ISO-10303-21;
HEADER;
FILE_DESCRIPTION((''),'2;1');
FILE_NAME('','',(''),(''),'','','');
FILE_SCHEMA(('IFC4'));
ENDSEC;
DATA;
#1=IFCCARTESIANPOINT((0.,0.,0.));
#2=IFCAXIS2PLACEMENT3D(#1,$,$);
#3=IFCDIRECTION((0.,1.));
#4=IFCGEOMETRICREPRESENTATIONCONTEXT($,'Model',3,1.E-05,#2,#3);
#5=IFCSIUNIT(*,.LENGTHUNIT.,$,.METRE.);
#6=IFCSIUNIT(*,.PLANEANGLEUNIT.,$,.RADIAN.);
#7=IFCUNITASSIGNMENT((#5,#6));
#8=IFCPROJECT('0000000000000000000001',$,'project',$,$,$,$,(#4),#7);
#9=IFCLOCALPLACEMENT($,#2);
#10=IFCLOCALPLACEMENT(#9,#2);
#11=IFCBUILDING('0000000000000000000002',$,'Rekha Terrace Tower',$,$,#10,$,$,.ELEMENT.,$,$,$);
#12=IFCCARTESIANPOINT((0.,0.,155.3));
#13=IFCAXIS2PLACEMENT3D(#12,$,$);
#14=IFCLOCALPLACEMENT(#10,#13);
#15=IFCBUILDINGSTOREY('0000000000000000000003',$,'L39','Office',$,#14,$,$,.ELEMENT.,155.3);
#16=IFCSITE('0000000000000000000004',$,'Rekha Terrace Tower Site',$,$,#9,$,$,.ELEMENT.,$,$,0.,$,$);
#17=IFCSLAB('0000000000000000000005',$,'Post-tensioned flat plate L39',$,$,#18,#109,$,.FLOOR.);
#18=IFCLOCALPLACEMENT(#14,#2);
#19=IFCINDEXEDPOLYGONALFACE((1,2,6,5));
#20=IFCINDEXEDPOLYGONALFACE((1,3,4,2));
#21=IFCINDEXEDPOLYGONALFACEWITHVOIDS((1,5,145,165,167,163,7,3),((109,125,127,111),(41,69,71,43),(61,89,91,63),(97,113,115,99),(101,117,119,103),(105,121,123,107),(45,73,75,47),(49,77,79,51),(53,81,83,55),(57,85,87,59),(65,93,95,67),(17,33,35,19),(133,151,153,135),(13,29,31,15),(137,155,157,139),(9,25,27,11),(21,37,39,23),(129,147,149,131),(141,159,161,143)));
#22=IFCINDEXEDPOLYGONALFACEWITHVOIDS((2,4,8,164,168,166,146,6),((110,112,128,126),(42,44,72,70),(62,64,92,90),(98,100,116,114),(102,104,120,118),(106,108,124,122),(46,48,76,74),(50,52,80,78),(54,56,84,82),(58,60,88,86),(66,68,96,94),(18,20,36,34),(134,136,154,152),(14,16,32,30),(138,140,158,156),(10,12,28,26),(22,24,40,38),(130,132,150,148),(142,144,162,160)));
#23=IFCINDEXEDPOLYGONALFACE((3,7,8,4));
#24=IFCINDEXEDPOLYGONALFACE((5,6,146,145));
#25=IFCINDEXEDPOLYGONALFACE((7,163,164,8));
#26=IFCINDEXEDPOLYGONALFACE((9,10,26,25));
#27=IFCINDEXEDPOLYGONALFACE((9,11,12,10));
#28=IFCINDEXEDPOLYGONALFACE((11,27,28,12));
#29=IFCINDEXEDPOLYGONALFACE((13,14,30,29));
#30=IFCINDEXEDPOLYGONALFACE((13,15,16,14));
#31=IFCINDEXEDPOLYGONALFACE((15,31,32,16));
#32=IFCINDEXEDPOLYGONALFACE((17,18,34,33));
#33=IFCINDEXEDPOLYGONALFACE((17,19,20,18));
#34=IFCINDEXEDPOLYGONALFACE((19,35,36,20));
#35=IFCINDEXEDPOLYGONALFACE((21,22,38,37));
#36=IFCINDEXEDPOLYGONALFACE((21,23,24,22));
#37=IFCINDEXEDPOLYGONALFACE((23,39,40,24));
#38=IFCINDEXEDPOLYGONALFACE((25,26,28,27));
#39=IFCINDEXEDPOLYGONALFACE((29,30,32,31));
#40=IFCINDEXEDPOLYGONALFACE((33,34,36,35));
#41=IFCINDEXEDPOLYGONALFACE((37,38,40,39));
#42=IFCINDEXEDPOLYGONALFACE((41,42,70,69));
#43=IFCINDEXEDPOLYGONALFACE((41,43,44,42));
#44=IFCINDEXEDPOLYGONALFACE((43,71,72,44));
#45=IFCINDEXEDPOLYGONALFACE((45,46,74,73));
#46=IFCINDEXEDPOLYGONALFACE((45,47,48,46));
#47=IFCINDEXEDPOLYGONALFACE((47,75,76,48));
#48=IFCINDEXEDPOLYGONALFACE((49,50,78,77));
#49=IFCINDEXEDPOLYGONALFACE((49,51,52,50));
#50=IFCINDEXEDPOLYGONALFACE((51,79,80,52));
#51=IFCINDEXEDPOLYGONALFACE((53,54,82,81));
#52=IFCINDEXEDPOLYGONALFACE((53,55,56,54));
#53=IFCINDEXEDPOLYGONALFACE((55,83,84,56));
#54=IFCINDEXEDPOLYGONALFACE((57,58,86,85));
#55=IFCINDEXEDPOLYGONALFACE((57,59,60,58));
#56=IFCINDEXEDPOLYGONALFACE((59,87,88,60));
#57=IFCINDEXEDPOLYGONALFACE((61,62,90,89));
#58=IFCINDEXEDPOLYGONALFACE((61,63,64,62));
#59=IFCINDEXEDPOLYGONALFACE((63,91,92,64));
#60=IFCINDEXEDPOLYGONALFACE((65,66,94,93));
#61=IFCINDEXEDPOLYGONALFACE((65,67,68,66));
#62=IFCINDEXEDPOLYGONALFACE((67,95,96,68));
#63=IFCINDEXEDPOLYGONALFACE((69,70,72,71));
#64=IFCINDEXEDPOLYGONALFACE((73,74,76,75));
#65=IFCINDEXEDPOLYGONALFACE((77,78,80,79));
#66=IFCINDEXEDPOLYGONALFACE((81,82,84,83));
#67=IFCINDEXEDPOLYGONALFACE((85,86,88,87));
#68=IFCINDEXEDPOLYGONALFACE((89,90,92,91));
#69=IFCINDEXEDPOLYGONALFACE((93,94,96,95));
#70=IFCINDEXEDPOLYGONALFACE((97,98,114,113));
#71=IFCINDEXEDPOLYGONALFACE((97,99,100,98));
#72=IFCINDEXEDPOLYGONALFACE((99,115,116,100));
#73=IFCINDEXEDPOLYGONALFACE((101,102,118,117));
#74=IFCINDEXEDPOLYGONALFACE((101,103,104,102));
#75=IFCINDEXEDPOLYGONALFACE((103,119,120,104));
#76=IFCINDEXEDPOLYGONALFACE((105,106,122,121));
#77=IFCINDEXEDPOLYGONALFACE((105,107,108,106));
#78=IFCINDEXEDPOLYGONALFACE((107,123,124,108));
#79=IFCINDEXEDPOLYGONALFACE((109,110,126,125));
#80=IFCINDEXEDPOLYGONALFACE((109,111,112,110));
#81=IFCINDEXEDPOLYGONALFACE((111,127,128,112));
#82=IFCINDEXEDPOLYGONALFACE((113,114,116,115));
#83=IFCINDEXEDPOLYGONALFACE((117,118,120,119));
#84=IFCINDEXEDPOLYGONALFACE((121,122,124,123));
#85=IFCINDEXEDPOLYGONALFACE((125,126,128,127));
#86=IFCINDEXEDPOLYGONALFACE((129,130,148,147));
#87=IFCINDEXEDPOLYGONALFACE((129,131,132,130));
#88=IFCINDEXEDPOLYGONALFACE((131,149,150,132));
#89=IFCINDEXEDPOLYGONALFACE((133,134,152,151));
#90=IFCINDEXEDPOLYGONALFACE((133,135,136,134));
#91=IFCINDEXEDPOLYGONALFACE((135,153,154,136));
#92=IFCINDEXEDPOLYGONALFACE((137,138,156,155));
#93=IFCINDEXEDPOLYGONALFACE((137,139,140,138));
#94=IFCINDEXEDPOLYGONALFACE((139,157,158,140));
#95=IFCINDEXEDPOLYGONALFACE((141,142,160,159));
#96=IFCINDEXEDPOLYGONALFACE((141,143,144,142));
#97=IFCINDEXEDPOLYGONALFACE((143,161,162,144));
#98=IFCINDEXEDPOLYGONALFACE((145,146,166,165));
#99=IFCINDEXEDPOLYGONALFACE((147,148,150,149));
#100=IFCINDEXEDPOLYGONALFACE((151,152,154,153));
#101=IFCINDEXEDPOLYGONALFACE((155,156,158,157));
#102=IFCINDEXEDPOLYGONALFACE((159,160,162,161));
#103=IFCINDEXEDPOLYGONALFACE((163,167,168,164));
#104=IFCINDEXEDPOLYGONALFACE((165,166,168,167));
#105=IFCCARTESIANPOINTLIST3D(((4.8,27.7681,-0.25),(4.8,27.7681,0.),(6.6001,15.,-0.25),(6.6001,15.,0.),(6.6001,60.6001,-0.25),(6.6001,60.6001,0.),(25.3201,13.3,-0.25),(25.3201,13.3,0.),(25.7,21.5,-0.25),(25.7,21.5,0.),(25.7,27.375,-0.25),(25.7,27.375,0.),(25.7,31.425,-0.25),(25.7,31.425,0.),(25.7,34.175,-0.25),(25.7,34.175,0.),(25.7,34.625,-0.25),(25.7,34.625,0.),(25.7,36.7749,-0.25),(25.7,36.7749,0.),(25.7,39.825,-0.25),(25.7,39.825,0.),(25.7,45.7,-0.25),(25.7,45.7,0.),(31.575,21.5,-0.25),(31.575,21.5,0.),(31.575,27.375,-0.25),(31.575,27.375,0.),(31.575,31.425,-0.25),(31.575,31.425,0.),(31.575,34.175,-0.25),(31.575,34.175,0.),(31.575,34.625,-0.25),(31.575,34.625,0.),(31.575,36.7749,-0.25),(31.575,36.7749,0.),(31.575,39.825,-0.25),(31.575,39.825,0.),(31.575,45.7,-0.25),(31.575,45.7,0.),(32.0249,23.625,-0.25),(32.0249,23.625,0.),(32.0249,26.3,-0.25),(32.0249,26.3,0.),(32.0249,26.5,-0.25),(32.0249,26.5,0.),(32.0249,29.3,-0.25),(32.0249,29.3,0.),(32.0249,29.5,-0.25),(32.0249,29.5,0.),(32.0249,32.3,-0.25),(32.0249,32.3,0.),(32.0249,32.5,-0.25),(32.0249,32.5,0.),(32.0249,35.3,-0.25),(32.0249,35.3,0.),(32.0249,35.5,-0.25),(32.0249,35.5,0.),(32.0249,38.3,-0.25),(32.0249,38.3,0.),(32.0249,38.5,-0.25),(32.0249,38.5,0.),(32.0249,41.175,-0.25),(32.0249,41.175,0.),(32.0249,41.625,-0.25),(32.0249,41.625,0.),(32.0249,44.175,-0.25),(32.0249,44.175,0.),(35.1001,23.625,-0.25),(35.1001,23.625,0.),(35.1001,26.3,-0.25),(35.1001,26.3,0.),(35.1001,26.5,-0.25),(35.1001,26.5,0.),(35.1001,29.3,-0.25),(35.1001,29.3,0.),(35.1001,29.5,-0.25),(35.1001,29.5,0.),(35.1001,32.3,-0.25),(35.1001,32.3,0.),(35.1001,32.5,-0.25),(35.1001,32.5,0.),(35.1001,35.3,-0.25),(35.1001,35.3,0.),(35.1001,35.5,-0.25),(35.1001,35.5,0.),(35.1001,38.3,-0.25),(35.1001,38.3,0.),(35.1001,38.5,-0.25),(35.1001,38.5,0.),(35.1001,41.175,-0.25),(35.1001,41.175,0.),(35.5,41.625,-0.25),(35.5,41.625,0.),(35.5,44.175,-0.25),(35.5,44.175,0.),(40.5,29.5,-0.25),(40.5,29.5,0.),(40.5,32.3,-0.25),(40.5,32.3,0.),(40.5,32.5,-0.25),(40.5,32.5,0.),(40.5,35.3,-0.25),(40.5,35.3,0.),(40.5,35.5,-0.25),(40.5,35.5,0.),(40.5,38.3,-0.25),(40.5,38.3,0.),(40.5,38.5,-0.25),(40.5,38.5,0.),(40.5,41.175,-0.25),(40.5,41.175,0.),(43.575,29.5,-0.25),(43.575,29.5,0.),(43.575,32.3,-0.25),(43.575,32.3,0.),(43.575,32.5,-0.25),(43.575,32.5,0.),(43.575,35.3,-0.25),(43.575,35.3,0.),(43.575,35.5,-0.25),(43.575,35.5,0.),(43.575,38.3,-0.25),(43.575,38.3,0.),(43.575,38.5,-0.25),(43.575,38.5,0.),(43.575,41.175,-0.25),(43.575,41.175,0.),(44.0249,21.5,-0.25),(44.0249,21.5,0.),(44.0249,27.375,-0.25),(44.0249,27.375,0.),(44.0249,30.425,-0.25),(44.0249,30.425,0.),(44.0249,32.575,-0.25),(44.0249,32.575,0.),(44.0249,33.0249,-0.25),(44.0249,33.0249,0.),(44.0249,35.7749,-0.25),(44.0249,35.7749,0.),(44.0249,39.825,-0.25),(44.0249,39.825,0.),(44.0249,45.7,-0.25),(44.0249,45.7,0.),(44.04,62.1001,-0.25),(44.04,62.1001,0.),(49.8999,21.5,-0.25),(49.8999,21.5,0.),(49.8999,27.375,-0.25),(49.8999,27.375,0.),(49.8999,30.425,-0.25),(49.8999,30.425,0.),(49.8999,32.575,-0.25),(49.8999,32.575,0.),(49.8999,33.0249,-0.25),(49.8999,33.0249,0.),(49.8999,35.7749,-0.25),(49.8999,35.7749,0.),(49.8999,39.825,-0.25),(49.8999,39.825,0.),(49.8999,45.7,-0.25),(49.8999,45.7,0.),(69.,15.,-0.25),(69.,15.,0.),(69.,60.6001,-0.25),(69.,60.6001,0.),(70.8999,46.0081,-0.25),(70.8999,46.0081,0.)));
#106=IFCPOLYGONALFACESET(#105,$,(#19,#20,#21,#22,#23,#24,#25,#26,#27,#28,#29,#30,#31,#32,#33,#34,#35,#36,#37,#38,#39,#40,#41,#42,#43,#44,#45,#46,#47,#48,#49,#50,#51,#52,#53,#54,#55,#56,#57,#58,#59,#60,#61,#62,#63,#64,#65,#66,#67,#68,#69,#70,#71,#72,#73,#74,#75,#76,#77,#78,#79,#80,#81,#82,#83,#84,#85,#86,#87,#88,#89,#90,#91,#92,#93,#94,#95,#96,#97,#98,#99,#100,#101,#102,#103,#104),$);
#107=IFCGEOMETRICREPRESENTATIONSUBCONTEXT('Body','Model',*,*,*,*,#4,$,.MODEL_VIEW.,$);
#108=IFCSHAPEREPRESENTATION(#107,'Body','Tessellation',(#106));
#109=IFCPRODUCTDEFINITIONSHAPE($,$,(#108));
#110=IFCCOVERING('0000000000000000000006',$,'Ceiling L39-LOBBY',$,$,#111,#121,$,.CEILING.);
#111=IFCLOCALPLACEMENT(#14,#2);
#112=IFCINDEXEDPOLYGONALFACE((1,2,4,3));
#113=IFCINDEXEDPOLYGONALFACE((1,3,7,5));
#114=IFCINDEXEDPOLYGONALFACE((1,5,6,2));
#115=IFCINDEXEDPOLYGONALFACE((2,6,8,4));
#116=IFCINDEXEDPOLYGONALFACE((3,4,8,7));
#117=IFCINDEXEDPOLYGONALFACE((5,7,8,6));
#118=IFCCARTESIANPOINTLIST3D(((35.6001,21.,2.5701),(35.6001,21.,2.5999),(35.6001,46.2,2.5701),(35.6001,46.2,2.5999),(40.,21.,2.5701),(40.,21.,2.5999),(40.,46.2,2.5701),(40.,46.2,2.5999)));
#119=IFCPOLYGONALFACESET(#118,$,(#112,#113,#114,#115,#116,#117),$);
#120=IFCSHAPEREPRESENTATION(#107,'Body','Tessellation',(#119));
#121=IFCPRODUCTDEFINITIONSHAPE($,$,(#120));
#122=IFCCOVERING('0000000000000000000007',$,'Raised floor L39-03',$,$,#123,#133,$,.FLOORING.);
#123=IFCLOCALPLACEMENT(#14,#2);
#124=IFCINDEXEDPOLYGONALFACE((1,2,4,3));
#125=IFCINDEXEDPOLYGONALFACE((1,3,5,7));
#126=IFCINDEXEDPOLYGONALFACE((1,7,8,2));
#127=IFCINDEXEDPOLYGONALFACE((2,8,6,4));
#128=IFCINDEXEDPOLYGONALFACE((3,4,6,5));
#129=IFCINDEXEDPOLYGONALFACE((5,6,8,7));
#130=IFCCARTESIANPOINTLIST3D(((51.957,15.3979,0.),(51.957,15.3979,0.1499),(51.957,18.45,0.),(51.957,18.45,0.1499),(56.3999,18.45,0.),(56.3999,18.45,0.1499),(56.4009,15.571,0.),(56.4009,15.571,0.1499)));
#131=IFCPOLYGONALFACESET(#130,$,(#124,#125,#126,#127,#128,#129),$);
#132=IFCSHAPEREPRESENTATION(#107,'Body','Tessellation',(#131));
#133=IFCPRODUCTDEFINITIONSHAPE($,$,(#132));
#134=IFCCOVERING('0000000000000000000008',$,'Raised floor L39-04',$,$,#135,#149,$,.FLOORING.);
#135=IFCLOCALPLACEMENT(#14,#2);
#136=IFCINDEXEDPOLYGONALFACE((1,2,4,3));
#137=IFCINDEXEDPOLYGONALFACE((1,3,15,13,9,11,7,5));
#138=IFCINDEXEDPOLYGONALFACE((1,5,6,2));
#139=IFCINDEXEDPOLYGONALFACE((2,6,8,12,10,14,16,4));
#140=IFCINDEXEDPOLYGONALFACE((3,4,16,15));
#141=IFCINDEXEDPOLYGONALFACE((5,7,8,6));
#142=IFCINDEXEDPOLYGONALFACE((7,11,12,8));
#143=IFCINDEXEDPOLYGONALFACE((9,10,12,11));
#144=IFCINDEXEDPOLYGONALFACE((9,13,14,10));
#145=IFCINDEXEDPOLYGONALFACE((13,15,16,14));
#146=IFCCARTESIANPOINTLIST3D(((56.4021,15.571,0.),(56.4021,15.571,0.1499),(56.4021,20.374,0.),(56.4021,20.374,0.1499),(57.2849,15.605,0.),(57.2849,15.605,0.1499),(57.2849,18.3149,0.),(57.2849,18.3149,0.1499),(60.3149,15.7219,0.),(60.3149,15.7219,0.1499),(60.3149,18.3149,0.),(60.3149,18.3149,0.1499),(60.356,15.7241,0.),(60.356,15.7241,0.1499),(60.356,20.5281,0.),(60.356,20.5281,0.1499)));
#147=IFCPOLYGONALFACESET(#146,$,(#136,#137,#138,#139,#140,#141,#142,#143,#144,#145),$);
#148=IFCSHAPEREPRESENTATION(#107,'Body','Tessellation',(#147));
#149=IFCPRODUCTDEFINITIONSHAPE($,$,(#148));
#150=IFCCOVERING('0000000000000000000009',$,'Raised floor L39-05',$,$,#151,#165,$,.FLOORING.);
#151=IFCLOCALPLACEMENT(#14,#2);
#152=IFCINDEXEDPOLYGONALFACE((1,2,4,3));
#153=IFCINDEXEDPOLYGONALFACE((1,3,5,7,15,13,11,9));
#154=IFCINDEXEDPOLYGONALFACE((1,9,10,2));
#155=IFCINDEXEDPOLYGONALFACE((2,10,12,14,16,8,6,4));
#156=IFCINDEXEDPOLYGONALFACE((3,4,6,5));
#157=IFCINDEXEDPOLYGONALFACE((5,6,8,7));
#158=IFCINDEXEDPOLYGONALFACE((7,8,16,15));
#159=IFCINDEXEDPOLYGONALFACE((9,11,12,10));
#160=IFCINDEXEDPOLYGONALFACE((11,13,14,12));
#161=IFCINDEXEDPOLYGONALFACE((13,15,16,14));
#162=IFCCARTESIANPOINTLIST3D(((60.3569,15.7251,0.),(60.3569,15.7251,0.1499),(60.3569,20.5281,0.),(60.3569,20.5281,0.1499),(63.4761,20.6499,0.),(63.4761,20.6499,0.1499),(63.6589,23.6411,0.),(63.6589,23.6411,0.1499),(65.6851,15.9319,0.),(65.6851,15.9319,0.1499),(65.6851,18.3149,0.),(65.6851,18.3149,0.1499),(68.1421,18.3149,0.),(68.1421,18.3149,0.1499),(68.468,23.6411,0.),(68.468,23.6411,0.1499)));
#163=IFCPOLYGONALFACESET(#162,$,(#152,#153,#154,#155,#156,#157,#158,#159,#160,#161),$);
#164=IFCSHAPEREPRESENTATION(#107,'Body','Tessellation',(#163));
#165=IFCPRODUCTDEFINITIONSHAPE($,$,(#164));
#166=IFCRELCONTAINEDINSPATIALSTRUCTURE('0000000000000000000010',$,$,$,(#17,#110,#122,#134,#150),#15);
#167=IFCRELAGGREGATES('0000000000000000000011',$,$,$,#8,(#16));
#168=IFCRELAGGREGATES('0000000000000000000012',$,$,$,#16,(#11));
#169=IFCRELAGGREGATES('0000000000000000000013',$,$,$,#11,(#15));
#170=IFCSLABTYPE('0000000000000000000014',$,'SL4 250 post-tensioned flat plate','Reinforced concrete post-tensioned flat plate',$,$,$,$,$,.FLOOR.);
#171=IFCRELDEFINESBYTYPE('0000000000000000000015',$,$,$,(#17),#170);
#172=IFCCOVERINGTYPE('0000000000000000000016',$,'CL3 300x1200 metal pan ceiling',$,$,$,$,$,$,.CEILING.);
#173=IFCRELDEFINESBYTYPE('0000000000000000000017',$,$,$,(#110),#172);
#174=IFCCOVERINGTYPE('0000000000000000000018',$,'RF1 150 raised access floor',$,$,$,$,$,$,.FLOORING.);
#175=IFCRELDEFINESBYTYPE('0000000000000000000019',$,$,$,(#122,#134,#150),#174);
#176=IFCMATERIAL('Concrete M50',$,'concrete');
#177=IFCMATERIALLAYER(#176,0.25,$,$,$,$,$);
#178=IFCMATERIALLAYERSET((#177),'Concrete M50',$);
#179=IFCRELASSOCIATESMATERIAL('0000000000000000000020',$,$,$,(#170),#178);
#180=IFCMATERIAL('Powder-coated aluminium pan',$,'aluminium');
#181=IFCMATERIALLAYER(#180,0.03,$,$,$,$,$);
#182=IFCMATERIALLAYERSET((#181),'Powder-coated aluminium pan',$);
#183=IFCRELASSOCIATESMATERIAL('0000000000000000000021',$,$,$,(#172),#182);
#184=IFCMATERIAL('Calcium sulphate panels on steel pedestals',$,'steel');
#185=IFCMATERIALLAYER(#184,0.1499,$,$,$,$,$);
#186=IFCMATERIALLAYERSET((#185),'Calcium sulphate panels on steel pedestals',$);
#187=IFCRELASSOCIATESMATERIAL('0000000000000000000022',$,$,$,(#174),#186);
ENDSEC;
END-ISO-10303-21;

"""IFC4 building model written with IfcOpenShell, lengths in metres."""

from ifc_helpers import new_model, si_unit, direction, frame, origin, place, context, subcontext, project, spatial, polyline, outline, extrude, material, layer, layer_set, type_object, element, save


model = new_model("IFC4")

# Units and contexts
model_context = context("Model", 3, precision=1e-05, world=origin(), true_north=direction((0.0, 1.0)))
body_context = subcontext(model_context, "Body", "Model", "MODEL_VIEW")
ifc_project = project(units=[si_unit("LENGTHUNIT", "METRE"), si_unit("PLANEANGLEUNIT", "RADIAN")], contexts=[model_context])

# Site, building, storey
site_placement = place(None, origin())
site = spatial("IfcSite", under=ifc_project, at=site_placement, Name="Rekha Terrace Tower Site", CompositionType="ELEMENT", RefElevation=0.0)
building_placement = place(site_placement, origin())
building = spatial("IfcBuilding", under=site, at=building_placement, Name="Rekha Terrace Tower", CompositionType="ELEMENT")
storey_placement = place(building_placement, frame((0.0, 0.0, 155.3)))
storey = spatial("IfcBuildingStorey", under=building, at=storey_placement, Name="L39", Description="Office", CompositionType="ELEMENT", Elevation=155.3)

# Slab
ifc_material_1 = material(Name="Concrete M50", Category="concrete")
ifc_layer_1 = layer(ifc_material_1, 0.25)
ifc_layer_set_1 = layer_set([ifc_layer_1], Name="Concrete M50")
slab_type_1 = type_object("IfcSlabType", Name="SL4 250 post-tensioned flat plate", Description="Reinforced concrete post-tensioned flat plate", PredefinedType="FLOOR", material=ifc_layer_set_1)
slab_1_placement = place(storey_placement, frame((0.0, 0.0, -0.25)))
element("IfcSlab", 1, at=slab_1_placement, inside=storey, type_object=slab_type_1, Name="Post-tensioned flat plate L39", PredefinedType="FLOOR", context=body_context, shape_type="SweptSolid", body=[
    extrude(outline(polyline([(4.8, 27.7681), (6.6001, 15.0), (25.3201, 13.3), (69.0, 15.0), (70.8999, 46.0081), (69.0, 60.6001), (44.04, 62.1001), (6.6001, 60.6001), (4.8, 27.7681)]), holes=[polyline([(31.575, 27.375), (31.575, 21.5), (25.7, 21.5), (25.7, 27.375), (31.575, 27.375)]), polyline([(35.1001, 26.3), (35.1001, 23.625), (32.0249, 23.625), (32.0249, 26.3), (35.1001, 26.3)]), polyline([(35.1001, 29.3), (35.1001, 26.5), (32.0249, 26.5), (32.0249, 29.3), (35.1001, 29.3)]), polyline([(35.1001, 32.3), (35.1001, 29.5), (32.0249, 29.5), (32.0249, 32.3), (35.1001, 32.3)]), polyline([(31.575, 34.175), (31.575, 31.425), (25.7, 31.425), (25.7, 34.175), (31.575, 34.175)]), polyline([(35.1001, 35.3), (35.1001, 32.5), (32.0249, 32.5), (32.0249, 35.3), (35.1001, 35.3)]), polyline([(31.575, 36.7749), (31.575, 34.625), (25.7, 34.625), (25.7, 36.7749), (31.575, 36.7749)]), polyline([(35.1001, 35.5), (32.0249, 35.5), (32.0249, 38.3), (35.1001, 38.3), (35.1001, 35.5)]), polyline([(35.1001, 38.5), (32.0249, 38.5), (32.0249, 41.175), (35.1001, 41.175), (35.1001, 38.5)]), polyline([(31.575, 45.7), (31.575, 39.825), (25.7, 39.825), (25.7, 45.7), (31.575, 45.7)]), polyline([(49.8999, 27.375), (49.8999, 21.5), (44.0249, 21.5), (44.0249, 27.375), (49.8999, 27.375)]), polyline([(43.575, 32.3), (43.575, 29.5), (40.5, 29.5), (40.5, 32.3), (43.575, 32.3)]), polyline([(49.8999, 30.425), (44.0249, 30.425), (44.0249, 32.575), (49.8999, 32.575), (49.8999, 30.425)]), polyline([(43.575, 32.5), (40.5, 32.5), (40.5, 35.3), (43.575, 35.3), (43.575, 32.5)]), polyline([(49.8999, 35.7749), (49.8999, 33.0249), (44.0249, 33.0249), (44.0249, 35.7749), (49.8999, 35.7749)]), polyline([(43.575, 38.3), (43.575, 35.5), (40.5, 35.5), (40.5, 38.3), (43.575, 38.3)]), polyline([(43.575, 41.175), (43.575, 38.5), (40.5, 38.5), (40.5, 41.175), (43.575, 41.175)]), polyline([(49.8999, 39.825), (44.0249, 39.825), (44.0249, 45.7), (49.8999, 45.7), (49.8999, 39.825)]), polyline([(35.5, 41.625), (32.0249, 41.625), (32.0249, 44.175), (35.5, 44.175), (35.5, 41.625)])]), origin(), (0.0, 0.0, 1.0), 0.25),
])

# Coverings
ifc_material_2 = material(Name="Powder-coated aluminium pan", Category="aluminium")
ifc_layer_2 = layer(ifc_material_2, 0.03)
ifc_layer_set_2 = layer_set([ifc_layer_2], Name="Powder-coated aluminium pan")
covering_type_1 = type_object("IfcCoveringType", Name="CL3 300x1200 metal pan ceiling", PredefinedType="CEILING", material=ifc_layer_set_2)
covering_1_placement = place(storey_placement, frame((0.0, 0.0, 2.5701)))
element("IfcCovering", 2, at=covering_1_placement, inside=storey, type_object=covering_type_1, Name="Ceiling L39-LOBBY", PredefinedType="CEILING", context=body_context, shape_type="SweptSolid", body=[
    extrude(outline(polyline([(40.0, 46.2), (35.6001, 46.2), (35.6001, 21.0), (40.0, 21.0), (40.0, 46.2)])), origin(), (0.0, 0.0, 1.0), 0.0298),
])
ifc_material_3 = material(Name="Calcium sulphate panels on steel pedestals", Category="steel")
ifc_layer_3 = layer(ifc_material_3, 0.1499)
ifc_layer_set_3 = layer_set([ifc_layer_3], Name="Calcium sulphate panels on steel pedestals")
covering_type_2 = type_object("IfcCoveringType", Name="RF1 150 raised access floor", PredefinedType="FLOORING", material=ifc_layer_set_3)
covering_2_placement = place(storey_placement, origin())
element("IfcCovering", 3, at=covering_2_placement, inside=storey, type_object=covering_type_2, Name="Raised floor L39-03", PredefinedType="FLOORING", context=body_context, shape_type="SweptSolid", body=[
    extrude(outline(polyline([(51.957, 18.45), (51.957, 15.3979), (56.4009, 15.571), (56.3999, 18.45), (51.957, 18.45)])), origin(), (0.0, 0.0, 1.0), 0.1499),
])
covering_3_placement = place(storey_placement, origin())
element("IfcCovering", 4, at=covering_3_placement, inside=storey, type_object=covering_type_2, Name="Raised floor L39-04", PredefinedType="FLOORING", context=body_context, shape_type="SweptSolid", body=[
    extrude(outline(polyline([(60.3149, 18.3149), (60.3149, 15.7219), (60.356, 15.7241), (60.356, 20.5281), (56.4021, 20.374), (56.4021, 15.571), (57.2849, 15.605), (57.2849, 18.3149), (60.3149, 18.3149)])), origin(), (0.0, 0.0, 1.0), 0.1499),
])
covering_4_placement = place(storey_placement, origin())
element("IfcCovering", 5, at=covering_4_placement, inside=storey, type_object=covering_type_2, Name="Raised floor L39-05", PredefinedType="FLOORING", context=body_context, shape_type="SweptSolid", body=[
    extrude(outline(polyline([(68.1421, 18.3149), (68.468, 23.6411), (63.6589, 23.6411), (63.4761, 20.6499), (60.3569, 20.5281), (60.3569, 15.7251), (65.6851, 15.9319), (65.6851, 18.3149), (68.1421, 18.3149)])), origin(), (0.0, 0.0, 1.0), 0.1499),
])

save(model, "model.ifc")
